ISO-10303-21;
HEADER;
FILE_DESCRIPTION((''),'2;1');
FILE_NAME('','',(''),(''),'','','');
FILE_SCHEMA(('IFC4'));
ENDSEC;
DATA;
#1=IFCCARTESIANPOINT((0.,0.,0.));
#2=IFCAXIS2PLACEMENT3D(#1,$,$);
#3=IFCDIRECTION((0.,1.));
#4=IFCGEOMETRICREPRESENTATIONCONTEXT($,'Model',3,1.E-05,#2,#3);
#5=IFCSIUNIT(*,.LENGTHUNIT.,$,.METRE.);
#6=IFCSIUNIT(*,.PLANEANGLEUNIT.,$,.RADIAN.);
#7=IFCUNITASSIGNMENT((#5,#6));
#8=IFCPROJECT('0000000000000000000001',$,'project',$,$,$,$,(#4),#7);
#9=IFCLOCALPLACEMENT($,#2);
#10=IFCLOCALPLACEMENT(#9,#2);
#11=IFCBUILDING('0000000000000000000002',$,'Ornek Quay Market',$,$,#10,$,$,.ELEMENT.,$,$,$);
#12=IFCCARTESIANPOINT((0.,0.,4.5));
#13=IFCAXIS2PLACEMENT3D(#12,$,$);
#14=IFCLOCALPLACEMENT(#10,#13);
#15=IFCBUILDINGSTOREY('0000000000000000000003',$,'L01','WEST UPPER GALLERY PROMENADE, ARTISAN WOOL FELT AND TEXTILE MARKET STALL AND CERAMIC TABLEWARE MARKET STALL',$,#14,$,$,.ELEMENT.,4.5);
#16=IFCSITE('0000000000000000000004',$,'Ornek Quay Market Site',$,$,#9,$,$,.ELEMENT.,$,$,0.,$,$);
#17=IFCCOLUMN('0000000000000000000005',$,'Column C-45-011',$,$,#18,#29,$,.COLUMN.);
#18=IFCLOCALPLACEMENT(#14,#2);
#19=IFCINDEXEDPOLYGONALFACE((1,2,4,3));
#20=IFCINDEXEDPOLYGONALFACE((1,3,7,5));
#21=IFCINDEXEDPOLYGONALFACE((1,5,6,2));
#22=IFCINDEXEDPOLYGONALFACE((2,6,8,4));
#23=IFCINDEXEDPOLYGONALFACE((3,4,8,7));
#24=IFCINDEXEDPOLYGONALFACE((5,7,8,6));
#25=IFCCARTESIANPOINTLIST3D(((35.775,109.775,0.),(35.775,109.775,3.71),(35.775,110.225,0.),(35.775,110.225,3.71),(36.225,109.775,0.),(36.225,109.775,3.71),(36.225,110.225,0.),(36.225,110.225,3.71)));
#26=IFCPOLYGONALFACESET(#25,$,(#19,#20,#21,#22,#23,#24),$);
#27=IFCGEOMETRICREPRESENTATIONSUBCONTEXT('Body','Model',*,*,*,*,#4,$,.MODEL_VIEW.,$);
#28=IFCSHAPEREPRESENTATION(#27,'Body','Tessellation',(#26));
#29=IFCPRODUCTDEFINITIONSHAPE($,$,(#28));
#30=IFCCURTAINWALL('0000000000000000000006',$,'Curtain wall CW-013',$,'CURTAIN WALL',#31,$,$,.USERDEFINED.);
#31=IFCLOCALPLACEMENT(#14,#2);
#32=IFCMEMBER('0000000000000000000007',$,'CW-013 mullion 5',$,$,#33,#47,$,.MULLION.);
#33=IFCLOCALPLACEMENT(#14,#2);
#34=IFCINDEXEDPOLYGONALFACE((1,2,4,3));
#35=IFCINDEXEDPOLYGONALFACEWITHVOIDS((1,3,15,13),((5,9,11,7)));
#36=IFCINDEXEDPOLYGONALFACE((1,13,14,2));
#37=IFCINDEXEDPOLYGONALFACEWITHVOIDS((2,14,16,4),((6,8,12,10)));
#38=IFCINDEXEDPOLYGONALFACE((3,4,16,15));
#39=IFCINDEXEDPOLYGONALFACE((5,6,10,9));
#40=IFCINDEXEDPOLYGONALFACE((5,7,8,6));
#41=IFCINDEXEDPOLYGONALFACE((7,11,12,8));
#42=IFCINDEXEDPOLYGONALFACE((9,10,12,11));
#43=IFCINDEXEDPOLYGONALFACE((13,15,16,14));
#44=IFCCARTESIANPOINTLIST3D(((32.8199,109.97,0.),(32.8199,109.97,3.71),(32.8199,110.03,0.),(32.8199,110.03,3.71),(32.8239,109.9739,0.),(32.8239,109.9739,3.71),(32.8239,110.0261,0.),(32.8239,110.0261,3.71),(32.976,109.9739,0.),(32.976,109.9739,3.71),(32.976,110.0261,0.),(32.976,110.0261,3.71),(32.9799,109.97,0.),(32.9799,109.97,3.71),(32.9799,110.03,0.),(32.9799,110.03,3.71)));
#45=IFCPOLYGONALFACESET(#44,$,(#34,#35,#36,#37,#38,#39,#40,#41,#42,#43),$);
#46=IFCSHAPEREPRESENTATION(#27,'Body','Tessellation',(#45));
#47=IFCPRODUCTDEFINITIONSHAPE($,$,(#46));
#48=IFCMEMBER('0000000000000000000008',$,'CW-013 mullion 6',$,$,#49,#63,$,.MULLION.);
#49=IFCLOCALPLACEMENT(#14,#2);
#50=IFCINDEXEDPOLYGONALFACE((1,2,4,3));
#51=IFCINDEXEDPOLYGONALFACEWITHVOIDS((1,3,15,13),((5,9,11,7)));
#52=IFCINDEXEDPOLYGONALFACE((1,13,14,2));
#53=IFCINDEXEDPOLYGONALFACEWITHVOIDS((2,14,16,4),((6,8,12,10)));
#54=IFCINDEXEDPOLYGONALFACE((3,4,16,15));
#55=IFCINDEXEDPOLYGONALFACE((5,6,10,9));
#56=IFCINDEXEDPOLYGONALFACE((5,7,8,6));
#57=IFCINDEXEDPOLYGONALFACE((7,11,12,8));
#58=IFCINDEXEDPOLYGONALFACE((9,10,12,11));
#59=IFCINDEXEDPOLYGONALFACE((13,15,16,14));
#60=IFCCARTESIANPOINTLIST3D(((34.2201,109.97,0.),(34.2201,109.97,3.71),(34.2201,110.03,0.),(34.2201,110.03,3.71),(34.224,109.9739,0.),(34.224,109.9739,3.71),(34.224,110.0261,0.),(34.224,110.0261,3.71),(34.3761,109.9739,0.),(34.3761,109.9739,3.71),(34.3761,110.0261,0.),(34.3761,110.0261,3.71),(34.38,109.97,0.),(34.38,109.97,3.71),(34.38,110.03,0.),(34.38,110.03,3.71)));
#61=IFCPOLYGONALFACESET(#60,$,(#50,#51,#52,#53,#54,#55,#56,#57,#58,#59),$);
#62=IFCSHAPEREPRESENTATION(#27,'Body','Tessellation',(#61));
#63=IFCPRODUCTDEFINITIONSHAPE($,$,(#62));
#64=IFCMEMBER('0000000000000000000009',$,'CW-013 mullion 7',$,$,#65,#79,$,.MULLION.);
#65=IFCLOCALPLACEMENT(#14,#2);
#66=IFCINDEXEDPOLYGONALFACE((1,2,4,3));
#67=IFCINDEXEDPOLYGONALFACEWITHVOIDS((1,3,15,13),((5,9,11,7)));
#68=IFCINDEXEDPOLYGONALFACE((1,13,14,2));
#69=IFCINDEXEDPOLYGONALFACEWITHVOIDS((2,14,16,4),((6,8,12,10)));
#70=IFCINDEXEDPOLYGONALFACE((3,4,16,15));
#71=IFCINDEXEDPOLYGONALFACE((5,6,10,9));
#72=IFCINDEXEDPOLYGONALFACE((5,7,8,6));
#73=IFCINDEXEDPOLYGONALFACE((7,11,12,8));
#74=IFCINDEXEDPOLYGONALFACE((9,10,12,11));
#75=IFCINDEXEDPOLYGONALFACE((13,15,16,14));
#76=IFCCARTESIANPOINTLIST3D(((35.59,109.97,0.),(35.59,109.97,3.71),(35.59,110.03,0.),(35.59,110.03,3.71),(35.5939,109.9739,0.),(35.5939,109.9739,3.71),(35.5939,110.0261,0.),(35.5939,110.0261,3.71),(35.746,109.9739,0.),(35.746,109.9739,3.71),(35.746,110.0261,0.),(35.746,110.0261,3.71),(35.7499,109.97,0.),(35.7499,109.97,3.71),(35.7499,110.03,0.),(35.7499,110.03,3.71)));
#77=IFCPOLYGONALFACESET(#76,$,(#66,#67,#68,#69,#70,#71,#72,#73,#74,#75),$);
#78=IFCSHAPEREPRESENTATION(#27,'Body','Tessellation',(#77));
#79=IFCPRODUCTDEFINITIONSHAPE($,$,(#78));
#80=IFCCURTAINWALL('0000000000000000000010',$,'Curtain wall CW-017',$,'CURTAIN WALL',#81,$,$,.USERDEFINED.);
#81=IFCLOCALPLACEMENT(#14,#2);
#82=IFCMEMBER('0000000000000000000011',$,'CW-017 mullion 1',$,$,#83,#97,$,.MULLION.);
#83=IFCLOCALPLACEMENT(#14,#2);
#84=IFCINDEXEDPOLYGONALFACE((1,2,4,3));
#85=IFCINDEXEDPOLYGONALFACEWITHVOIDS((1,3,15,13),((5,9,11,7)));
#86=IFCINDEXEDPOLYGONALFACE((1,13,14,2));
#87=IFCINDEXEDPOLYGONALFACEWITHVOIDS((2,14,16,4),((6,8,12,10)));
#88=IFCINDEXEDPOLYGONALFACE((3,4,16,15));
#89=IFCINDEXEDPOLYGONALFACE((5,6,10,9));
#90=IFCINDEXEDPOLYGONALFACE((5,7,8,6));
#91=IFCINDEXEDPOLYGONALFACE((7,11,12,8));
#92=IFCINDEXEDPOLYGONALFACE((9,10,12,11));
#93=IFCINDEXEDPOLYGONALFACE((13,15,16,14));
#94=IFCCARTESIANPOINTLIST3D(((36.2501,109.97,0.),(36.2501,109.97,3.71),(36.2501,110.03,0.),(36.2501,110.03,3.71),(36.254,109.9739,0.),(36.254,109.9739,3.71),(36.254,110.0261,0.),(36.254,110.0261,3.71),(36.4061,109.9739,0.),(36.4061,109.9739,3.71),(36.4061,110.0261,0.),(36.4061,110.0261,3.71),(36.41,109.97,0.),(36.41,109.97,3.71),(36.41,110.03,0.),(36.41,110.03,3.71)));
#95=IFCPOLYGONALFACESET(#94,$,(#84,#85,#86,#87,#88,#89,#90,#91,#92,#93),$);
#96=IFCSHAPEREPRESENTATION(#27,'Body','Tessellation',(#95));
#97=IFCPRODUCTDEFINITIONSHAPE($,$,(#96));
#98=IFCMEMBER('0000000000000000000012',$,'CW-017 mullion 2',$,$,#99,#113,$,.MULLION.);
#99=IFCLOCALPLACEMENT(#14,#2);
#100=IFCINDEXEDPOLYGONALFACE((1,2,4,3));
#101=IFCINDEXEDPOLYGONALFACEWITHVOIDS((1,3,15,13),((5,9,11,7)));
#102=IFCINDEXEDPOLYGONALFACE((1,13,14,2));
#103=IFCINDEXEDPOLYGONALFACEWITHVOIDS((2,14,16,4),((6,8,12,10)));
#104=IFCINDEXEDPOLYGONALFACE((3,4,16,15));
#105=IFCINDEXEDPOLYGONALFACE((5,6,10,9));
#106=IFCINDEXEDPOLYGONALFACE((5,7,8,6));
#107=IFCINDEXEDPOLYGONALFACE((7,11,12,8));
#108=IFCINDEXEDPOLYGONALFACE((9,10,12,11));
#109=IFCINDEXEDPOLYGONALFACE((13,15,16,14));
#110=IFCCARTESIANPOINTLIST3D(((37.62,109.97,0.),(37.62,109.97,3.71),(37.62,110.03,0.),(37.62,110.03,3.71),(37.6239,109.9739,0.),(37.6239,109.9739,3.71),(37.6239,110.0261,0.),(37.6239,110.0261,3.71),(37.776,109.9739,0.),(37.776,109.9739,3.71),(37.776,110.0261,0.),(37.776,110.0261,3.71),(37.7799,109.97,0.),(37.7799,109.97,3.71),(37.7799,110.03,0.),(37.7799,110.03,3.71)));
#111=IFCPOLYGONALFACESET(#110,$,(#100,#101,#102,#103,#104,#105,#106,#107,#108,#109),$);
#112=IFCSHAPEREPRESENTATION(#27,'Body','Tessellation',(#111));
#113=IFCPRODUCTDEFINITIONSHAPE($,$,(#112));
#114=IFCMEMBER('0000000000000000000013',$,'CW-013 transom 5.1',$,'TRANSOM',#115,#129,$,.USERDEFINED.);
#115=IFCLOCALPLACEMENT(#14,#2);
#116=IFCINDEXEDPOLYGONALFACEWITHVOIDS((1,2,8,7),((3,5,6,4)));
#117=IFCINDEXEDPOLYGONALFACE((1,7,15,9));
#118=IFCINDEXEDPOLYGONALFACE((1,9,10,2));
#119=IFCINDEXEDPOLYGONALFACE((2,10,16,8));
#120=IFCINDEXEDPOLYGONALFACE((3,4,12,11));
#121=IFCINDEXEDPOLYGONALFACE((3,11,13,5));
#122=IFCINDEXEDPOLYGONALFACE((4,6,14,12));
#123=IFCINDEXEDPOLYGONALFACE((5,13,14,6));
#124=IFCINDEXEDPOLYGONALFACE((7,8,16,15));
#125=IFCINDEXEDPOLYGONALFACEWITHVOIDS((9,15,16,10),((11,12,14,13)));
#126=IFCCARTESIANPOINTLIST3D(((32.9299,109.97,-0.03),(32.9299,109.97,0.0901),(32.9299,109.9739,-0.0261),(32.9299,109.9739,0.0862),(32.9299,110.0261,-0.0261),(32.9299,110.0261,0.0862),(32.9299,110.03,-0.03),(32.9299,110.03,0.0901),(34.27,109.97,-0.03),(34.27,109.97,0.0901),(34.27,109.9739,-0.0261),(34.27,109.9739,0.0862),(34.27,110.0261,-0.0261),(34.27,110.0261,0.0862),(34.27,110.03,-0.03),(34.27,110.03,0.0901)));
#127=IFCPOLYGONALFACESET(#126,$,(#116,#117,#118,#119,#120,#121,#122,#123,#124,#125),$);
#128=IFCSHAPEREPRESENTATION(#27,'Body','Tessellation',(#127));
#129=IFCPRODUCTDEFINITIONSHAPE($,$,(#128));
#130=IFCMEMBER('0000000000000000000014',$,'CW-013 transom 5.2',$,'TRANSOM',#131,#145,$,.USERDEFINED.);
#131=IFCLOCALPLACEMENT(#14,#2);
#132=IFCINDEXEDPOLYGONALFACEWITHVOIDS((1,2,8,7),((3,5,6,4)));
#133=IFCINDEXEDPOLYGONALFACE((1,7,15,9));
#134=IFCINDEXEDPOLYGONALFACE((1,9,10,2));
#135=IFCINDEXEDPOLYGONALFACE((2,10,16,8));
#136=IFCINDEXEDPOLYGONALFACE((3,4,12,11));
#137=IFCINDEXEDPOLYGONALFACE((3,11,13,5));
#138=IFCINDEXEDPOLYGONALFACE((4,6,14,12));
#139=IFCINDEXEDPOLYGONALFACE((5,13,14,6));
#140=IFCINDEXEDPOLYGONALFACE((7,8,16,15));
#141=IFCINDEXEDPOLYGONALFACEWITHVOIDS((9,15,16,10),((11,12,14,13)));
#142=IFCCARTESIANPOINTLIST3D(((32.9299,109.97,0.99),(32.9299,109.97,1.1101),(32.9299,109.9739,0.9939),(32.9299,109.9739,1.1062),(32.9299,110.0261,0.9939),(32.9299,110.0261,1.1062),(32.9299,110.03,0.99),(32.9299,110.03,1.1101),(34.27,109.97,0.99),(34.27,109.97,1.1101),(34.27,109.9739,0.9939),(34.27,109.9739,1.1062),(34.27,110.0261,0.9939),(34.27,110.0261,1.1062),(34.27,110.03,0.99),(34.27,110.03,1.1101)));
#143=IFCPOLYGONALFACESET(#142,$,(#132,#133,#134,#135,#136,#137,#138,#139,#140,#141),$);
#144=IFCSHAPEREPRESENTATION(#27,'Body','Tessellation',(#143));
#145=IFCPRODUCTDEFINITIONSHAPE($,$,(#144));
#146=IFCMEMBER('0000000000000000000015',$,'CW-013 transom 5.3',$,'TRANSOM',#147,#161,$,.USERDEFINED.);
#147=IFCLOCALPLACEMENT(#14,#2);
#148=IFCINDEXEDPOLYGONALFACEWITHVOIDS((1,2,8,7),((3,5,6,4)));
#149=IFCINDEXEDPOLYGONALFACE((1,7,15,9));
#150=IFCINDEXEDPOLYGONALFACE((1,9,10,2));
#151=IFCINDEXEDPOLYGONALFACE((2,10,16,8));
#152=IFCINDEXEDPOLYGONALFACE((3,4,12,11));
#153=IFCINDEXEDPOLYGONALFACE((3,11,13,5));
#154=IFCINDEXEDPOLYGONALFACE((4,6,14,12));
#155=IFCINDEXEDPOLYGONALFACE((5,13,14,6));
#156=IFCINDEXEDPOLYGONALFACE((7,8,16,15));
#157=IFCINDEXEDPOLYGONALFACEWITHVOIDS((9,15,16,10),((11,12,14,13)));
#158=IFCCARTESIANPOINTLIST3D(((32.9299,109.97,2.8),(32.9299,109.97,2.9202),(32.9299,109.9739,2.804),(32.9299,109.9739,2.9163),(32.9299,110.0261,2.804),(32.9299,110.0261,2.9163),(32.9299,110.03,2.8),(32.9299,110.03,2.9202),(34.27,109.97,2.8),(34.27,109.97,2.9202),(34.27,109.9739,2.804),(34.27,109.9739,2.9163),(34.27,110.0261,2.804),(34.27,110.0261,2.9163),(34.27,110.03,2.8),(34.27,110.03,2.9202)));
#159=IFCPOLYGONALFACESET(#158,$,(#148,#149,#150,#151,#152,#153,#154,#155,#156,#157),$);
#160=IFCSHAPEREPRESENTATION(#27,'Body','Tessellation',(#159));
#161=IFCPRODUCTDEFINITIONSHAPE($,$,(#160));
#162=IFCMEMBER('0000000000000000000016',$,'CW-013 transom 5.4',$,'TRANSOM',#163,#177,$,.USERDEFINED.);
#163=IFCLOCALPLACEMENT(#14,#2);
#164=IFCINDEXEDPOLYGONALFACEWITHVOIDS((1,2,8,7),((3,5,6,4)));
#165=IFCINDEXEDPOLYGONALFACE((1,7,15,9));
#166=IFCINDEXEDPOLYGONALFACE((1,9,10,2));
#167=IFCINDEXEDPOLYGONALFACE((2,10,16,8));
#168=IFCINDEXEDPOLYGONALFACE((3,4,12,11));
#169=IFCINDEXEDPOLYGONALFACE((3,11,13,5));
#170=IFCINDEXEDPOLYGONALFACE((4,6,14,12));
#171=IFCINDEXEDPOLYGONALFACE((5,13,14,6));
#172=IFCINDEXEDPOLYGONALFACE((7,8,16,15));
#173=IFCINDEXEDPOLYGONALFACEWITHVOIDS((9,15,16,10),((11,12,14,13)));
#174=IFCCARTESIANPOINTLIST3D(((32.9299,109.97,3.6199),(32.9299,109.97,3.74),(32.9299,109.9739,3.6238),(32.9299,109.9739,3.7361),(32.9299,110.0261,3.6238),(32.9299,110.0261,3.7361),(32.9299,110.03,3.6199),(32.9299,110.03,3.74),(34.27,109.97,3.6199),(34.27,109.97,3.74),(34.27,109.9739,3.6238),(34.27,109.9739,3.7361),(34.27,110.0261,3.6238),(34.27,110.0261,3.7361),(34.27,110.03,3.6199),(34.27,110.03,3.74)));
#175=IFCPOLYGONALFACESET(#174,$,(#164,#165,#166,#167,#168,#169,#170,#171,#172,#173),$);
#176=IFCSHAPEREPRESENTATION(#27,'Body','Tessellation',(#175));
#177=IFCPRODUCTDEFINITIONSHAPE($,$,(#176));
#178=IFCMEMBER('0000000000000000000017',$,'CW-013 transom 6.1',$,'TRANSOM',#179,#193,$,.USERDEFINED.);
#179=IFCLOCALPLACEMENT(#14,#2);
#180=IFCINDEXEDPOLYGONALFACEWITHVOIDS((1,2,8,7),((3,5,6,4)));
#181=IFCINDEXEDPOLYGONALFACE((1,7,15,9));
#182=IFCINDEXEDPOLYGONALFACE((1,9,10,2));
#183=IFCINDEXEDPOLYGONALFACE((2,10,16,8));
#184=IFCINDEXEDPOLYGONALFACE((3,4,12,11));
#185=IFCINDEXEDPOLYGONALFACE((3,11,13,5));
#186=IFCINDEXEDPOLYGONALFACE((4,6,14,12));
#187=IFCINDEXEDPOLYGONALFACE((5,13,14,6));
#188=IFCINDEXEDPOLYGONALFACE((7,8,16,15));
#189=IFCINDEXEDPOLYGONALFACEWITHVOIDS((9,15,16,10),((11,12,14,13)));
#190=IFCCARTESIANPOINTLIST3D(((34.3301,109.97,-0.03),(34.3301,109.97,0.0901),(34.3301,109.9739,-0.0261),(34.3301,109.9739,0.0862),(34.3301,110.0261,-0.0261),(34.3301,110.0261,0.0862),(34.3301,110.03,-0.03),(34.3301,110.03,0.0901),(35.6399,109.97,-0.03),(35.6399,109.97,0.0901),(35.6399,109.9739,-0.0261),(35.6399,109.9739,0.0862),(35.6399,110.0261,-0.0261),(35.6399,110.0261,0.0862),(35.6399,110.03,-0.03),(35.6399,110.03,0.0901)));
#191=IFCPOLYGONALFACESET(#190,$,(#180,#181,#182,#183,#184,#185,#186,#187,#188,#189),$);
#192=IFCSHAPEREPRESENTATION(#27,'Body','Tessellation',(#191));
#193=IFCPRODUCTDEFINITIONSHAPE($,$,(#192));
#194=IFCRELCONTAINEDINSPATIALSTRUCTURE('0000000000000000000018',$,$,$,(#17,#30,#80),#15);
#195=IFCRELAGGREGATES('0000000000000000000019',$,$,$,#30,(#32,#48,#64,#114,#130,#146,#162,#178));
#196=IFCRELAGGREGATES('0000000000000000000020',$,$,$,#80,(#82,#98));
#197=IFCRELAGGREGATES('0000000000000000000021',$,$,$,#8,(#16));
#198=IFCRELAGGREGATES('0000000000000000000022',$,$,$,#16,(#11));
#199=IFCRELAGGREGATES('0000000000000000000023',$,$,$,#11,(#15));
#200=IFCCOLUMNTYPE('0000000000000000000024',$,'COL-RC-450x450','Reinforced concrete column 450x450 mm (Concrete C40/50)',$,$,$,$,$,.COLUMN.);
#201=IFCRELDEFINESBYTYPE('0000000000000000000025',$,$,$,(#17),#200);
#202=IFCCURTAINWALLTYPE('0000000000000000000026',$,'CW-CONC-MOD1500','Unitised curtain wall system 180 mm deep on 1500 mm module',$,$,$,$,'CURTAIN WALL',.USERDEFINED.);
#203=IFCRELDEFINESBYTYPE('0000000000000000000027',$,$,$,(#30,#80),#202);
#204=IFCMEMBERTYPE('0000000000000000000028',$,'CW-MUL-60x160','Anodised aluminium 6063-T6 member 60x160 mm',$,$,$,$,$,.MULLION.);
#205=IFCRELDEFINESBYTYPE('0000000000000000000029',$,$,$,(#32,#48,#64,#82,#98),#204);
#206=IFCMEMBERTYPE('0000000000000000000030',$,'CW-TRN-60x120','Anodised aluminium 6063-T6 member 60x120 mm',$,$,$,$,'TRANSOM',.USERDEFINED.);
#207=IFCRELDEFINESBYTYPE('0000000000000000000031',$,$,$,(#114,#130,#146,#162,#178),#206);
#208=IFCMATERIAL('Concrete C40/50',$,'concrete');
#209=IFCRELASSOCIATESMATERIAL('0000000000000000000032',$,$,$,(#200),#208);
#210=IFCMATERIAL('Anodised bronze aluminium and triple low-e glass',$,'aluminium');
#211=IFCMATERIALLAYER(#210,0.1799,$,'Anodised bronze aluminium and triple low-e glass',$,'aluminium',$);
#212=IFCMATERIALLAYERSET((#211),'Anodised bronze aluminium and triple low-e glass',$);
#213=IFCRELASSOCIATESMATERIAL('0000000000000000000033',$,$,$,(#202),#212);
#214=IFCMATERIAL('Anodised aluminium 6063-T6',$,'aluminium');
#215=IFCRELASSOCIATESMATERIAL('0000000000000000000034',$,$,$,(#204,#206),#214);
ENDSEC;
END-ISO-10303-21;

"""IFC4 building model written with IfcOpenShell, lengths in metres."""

from ifc_helpers import new_model, si_unit, direction, frame, origin, origin_2d, place, context, subcontext, project, spatial, rectangle, hollow_rectangle, extrude, material, layer, layer_set, material_profile, profile_set, type_object, element, aggregate, save


model = new_model("IFC4")

# Units and contexts
model_context = context("Model", 3, precision=1e-05, world=origin(), true_north=direction((0.0, 1.0)))
body_context = subcontext(model_context, "Body", "Model", "MODEL_VIEW")
ifc_project = project(units=[si_unit("LENGTHUNIT", "METRE"), si_unit("PLANEANGLEUNIT", "RADIAN")], contexts=[model_context])

# Site, building, storey
site_placement = place(None, origin())
site = spatial("IfcSite", under=ifc_project, at=site_placement, Name="Ornek Quay Market Site", CompositionType="ELEMENT", RefElevation=0.0)
building_placement = place(site_placement, origin())
building = spatial("IfcBuilding", under=site, at=building_placement, Name="Ornek Quay Market", CompositionType="ELEMENT")
storey_placement = place(building_placement, frame((0.0, 0.0, 4.5)))
storey = spatial("IfcBuildingStorey", under=building, at=storey_placement, Name="L01", Description="WEST UPPER GALLERY PROMENADE, ARTISAN WOOL FELT AND TEXTILE MARKET STALL AND CERAMIC TABLEWARE MARKET STALL", CompositionType="ELEMENT", Elevation=4.5)

# Column
ifc_material_1 = material(Name="Concrete C40/50", Category="concrete")
ifc_material_profile_1 = material_profile(ifc_material_1, rectangle(XDim=0.45, YDim=0.45, at=origin_2d()), Name="RC 450x450", Category="concrete")
ifc_profile_set_1 = profile_set([ifc_material_profile_1], Name="Concrete C40/50")
column_type = type_object("IfcColumnType", Name="COL-RC-450x450", Description="Reinforced concrete column 450x450 mm (Concrete C40/50)", PredefinedType="COLUMN", material=ifc_profile_set_1)
column_placement = place(storey_placement, frame((36.0, 110.0, 0.0), z_axis=(0.0, 0.0, 1.0), x_axis=(1.0, 0.0, 0.0)))
element("IfcColumn", 1, at=column_placement, inside=storey, type_object=column_type, Name="Column C-45-011", PredefinedType="COLUMN", context=body_context, shape_type="SweptSolid", body=[
    extrude(rectangle(XDim=0.45, YDim=0.45, at=origin_2d()), origin(), (0.0, 0.0, 1.0), 3.71),
])

# Curtain walls, members
ifc_material_2 = material(Name="Anodised bronze aluminium and triple low-e glass", Category="aluminium")
ifc_layer_1 = layer(ifc_material_2, 0.1799, Name="Anodised bronze aluminium and triple low-e glass", Category="aluminium")
ifc_layer_set_1 = layer_set([ifc_layer_1], Name="Anodised bronze aluminium and triple low-e glass")
curtain_wall_type = type_object("IfcCurtainWallType", Name="CW-CONC-MOD1500", Description="Unitised curtain wall system 180 mm deep on 1500 mm module", ElementType="CURTAIN WALL", PredefinedType="USERDEFINED", material=ifc_layer_set_1)
curtain_wall_1_placement = place(storey_placement, origin())
curtain_wall_1 = element("IfcCurtainWall", 2, at=curtain_wall_1_placement, inside=storey, type_object=curtain_wall_type, Name="Curtain wall CW-013", ObjectType="CURTAIN WALL", PredefinedType="USERDEFINED")
ifc_material_3 = material(Name="Anodised aluminium 6063-T6", Category="aluminium")
ifc_material_profile_2 = material_profile(ifc_material_3, hollow_rectangle(XDim=0.0601, YDim=0.1599, WallThickness=0.0039, at=origin_2d()), Name="CW-MUL-60x160", Category="aluminium")
ifc_profile_set_2 = profile_set([ifc_material_profile_2], Name="Anodised aluminium 6063-T6")
member_type_1 = type_object("IfcMemberType", Name="CW-MUL-60x160", Description="Anodised aluminium 6063-T6 member 60x160 mm", PredefinedType="MULLION", material=ifc_profile_set_2)
member_1_placement = place(storey_placement, frame((32.8999, 110.0, 0.0), z_axis=(0.0, 0.0, 1.0), x_axis=(0.0, 1.0, 0.0)))
member_1 = element("IfcMember", 3, at=member_1_placement, type_object=member_type_1, Name="CW-013 mullion 5", PredefinedType="MULLION", context=body_context, shape_type="SweptSolid", body=[
    extrude(hollow_rectangle(XDim=0.0601, YDim=0.1599, WallThickness=0.0039, at=origin_2d()), origin(), (0.0, 0.0, 1.0), 3.71),
])
member_2_placement = place(storey_placement, frame((34.3, 110.0, 0.0), z_axis=(0.0, 0.0, 1.0), x_axis=(0.0, 1.0, 0.0)))
member_2 = element("IfcMember", 4, at=member_2_placement, type_object=member_type_1, Name="CW-013 mullion 6", PredefinedType="MULLION", context=body_context, shape_type="SweptSolid", body=[
    extrude(hollow_rectangle(XDim=0.0601, YDim=0.1599, WallThickness=0.0039, at=origin_2d()), origin(), (0.0, 0.0, 1.0), 3.71),
])
member_3_placement = place(storey_placement, frame((35.6699, 110.0, 0.0), z_axis=(0.0, 0.0, 1.0), x_axis=(0.0, 1.0, 0.0)))
member_3 = element("IfcMember", 5, at=member_3_placement, type_object=member_type_1, Name="CW-013 mullion 7", PredefinedType="MULLION", context=body_context, shape_type="SweptSolid", body=[
    extrude(hollow_rectangle(XDim=0.0601, YDim=0.1599, WallThickness=0.0039, at=origin_2d()), origin(), (0.0, 0.0, 1.0), 3.71),
])
curtain_wall_2_placement = place(storey_placement, origin())
curtain_wall_2 = element("IfcCurtainWall", 6, at=curtain_wall_2_placement, inside=storey, type_object=curtain_wall_type, Name="Curtain wall CW-017", ObjectType="CURTAIN WALL", PredefinedType="USERDEFINED")
member_4_placement = place(storey_placement, frame((36.3301, 110.0, 0.0), z_axis=(0.0, 0.0, 1.0), x_axis=(0.0, 1.0, 0.0)))
member_4 = element("IfcMember", 7, at=member_4_placement, type_object=member_type_1, Name="CW-017 mullion 1", PredefinedType="MULLION", context=body_context, shape_type="SweptSolid", body=[
    extrude(hollow_rectangle(XDim=0.0601, YDim=0.1599, WallThickness=0.0039, at=origin_2d()), origin(), (0.0, 0.0, 1.0), 3.71),
])
member_5_placement = place(storey_placement, frame((37.7, 110.0, 0.0), z_axis=(0.0, 0.0, 1.0), x_axis=(0.0, 1.0, 0.0)))
member_5 = element("IfcMember", 8, at=member_5_placement, type_object=member_type_1, Name="CW-017 mullion 2", PredefinedType="MULLION", context=body_context, shape_type="SweptSolid", body=[
    extrude(hollow_rectangle(XDim=0.0601, YDim=0.1599, WallThickness=0.0039, at=origin_2d()), origin(), (0.0, 0.0, 1.0), 3.71),
])

# Members
ifc_material_profile_3 = material_profile(ifc_material_3, hollow_rectangle(XDim=0.0601, YDim=0.1201, WallThickness=0.0039, at=origin_2d()), Name="CW-TRN-60x120", Category="aluminium")
ifc_profile_set_3 = profile_set([ifc_material_profile_3], Name="Anodised aluminium 6063-T6")
member_type_2 = type_object("IfcMemberType", Name="CW-TRN-60x120", Description="Anodised aluminium 6063-T6 member 60x120 mm", ElementType="TRANSOM", PredefinedType="USERDEFINED", material=ifc_profile_set_3)
member_6_placement = place(storey_placement, frame((32.9299, 110.0, 0.03), z_axis=(1.0, 0.0, 0.0), x_axis=(0.0, 1.0, 0.0)))
member_6 = element("IfcMember", 9, at=member_6_placement, type_object=member_type_2, Name="CW-013 transom 5.1", ObjectType="TRANSOM", PredefinedType="USERDEFINED", context=body_context, shape_type="SweptSolid", body=[
    extrude(hollow_rectangle(XDim=0.0601, YDim=0.1201, WallThickness=0.0039, at=origin_2d()), origin(), (0.0, 0.0, 1.0), 1.3401),
])
member_7_placement = place(storey_placement, frame((32.9299, 110.0, 1.05), z_axis=(1.0, 0.0, 0.0), x_axis=(0.0, 1.0, 0.0)))
member_7 = element("IfcMember", 10, at=member_7_placement, type_object=member_type_2, Name="CW-013 transom 5.2", ObjectType="TRANSOM", PredefinedType="USERDEFINED", context=body_context, shape_type="SweptSolid", body=[
    extrude(hollow_rectangle(XDim=0.0601, YDim=0.1201, WallThickness=0.0039, at=origin_2d()), origin(), (0.0, 0.0, 1.0), 1.3401),
])
member_8_placement = place(storey_placement, frame((32.9299, 110.0, 2.8601), z_axis=(1.0, 0.0, 0.0), x_axis=(0.0, 1.0, 0.0)))
member_8 = element("IfcMember", 11, at=member_8_placement, type_object=member_type_2, Name="CW-013 transom 5.3", ObjectType="TRANSOM", PredefinedType="USERDEFINED", context=body_context, shape_type="SweptSolid", body=[
    extrude(hollow_rectangle(XDim=0.0601, YDim=0.1201, WallThickness=0.0039, at=origin_2d()), origin(), (0.0, 0.0, 1.0), 1.3401),
])
member_9_placement = place(storey_placement, frame((32.9299, 110.0, 3.6799), z_axis=(1.0, 0.0, 0.0), x_axis=(0.0, 1.0, 0.0)))
member_9 = element("IfcMember", 12, at=member_9_placement, type_object=member_type_2, Name="CW-013 transom 5.4", ObjectType="TRANSOM", PredefinedType="USERDEFINED", context=body_context, shape_type="SweptSolid", body=[
    extrude(hollow_rectangle(XDim=0.0601, YDim=0.1201, WallThickness=0.0039, at=origin_2d()), origin(), (0.0, 0.0, 1.0), 1.3401),
])
member_10_placement = place(storey_placement, frame((34.3301, 110.0, 0.03), z_axis=(1.0, 0.0, 0.0), x_axis=(0.0, 1.0, 0.0)))
member_10 = element("IfcMember", 13, at=member_10_placement, type_object=member_type_2, Name="CW-013 transom 6.1", ObjectType="TRANSOM", PredefinedType="USERDEFINED", context=body_context, shape_type="SweptSolid", body=[
    extrude(hollow_rectangle(XDim=0.0601, YDim=0.1201, WallThickness=0.0039, at=origin_2d()), origin(), (0.0, 0.0, 1.0), 1.3098),
])

aggregate(curtain_wall_1, [member_1, member_2, member_3, member_6, member_7, member_8, member_9, member_10])
aggregate(curtain_wall_2, [member_4, member_5])

save(model, "model.ifc")
